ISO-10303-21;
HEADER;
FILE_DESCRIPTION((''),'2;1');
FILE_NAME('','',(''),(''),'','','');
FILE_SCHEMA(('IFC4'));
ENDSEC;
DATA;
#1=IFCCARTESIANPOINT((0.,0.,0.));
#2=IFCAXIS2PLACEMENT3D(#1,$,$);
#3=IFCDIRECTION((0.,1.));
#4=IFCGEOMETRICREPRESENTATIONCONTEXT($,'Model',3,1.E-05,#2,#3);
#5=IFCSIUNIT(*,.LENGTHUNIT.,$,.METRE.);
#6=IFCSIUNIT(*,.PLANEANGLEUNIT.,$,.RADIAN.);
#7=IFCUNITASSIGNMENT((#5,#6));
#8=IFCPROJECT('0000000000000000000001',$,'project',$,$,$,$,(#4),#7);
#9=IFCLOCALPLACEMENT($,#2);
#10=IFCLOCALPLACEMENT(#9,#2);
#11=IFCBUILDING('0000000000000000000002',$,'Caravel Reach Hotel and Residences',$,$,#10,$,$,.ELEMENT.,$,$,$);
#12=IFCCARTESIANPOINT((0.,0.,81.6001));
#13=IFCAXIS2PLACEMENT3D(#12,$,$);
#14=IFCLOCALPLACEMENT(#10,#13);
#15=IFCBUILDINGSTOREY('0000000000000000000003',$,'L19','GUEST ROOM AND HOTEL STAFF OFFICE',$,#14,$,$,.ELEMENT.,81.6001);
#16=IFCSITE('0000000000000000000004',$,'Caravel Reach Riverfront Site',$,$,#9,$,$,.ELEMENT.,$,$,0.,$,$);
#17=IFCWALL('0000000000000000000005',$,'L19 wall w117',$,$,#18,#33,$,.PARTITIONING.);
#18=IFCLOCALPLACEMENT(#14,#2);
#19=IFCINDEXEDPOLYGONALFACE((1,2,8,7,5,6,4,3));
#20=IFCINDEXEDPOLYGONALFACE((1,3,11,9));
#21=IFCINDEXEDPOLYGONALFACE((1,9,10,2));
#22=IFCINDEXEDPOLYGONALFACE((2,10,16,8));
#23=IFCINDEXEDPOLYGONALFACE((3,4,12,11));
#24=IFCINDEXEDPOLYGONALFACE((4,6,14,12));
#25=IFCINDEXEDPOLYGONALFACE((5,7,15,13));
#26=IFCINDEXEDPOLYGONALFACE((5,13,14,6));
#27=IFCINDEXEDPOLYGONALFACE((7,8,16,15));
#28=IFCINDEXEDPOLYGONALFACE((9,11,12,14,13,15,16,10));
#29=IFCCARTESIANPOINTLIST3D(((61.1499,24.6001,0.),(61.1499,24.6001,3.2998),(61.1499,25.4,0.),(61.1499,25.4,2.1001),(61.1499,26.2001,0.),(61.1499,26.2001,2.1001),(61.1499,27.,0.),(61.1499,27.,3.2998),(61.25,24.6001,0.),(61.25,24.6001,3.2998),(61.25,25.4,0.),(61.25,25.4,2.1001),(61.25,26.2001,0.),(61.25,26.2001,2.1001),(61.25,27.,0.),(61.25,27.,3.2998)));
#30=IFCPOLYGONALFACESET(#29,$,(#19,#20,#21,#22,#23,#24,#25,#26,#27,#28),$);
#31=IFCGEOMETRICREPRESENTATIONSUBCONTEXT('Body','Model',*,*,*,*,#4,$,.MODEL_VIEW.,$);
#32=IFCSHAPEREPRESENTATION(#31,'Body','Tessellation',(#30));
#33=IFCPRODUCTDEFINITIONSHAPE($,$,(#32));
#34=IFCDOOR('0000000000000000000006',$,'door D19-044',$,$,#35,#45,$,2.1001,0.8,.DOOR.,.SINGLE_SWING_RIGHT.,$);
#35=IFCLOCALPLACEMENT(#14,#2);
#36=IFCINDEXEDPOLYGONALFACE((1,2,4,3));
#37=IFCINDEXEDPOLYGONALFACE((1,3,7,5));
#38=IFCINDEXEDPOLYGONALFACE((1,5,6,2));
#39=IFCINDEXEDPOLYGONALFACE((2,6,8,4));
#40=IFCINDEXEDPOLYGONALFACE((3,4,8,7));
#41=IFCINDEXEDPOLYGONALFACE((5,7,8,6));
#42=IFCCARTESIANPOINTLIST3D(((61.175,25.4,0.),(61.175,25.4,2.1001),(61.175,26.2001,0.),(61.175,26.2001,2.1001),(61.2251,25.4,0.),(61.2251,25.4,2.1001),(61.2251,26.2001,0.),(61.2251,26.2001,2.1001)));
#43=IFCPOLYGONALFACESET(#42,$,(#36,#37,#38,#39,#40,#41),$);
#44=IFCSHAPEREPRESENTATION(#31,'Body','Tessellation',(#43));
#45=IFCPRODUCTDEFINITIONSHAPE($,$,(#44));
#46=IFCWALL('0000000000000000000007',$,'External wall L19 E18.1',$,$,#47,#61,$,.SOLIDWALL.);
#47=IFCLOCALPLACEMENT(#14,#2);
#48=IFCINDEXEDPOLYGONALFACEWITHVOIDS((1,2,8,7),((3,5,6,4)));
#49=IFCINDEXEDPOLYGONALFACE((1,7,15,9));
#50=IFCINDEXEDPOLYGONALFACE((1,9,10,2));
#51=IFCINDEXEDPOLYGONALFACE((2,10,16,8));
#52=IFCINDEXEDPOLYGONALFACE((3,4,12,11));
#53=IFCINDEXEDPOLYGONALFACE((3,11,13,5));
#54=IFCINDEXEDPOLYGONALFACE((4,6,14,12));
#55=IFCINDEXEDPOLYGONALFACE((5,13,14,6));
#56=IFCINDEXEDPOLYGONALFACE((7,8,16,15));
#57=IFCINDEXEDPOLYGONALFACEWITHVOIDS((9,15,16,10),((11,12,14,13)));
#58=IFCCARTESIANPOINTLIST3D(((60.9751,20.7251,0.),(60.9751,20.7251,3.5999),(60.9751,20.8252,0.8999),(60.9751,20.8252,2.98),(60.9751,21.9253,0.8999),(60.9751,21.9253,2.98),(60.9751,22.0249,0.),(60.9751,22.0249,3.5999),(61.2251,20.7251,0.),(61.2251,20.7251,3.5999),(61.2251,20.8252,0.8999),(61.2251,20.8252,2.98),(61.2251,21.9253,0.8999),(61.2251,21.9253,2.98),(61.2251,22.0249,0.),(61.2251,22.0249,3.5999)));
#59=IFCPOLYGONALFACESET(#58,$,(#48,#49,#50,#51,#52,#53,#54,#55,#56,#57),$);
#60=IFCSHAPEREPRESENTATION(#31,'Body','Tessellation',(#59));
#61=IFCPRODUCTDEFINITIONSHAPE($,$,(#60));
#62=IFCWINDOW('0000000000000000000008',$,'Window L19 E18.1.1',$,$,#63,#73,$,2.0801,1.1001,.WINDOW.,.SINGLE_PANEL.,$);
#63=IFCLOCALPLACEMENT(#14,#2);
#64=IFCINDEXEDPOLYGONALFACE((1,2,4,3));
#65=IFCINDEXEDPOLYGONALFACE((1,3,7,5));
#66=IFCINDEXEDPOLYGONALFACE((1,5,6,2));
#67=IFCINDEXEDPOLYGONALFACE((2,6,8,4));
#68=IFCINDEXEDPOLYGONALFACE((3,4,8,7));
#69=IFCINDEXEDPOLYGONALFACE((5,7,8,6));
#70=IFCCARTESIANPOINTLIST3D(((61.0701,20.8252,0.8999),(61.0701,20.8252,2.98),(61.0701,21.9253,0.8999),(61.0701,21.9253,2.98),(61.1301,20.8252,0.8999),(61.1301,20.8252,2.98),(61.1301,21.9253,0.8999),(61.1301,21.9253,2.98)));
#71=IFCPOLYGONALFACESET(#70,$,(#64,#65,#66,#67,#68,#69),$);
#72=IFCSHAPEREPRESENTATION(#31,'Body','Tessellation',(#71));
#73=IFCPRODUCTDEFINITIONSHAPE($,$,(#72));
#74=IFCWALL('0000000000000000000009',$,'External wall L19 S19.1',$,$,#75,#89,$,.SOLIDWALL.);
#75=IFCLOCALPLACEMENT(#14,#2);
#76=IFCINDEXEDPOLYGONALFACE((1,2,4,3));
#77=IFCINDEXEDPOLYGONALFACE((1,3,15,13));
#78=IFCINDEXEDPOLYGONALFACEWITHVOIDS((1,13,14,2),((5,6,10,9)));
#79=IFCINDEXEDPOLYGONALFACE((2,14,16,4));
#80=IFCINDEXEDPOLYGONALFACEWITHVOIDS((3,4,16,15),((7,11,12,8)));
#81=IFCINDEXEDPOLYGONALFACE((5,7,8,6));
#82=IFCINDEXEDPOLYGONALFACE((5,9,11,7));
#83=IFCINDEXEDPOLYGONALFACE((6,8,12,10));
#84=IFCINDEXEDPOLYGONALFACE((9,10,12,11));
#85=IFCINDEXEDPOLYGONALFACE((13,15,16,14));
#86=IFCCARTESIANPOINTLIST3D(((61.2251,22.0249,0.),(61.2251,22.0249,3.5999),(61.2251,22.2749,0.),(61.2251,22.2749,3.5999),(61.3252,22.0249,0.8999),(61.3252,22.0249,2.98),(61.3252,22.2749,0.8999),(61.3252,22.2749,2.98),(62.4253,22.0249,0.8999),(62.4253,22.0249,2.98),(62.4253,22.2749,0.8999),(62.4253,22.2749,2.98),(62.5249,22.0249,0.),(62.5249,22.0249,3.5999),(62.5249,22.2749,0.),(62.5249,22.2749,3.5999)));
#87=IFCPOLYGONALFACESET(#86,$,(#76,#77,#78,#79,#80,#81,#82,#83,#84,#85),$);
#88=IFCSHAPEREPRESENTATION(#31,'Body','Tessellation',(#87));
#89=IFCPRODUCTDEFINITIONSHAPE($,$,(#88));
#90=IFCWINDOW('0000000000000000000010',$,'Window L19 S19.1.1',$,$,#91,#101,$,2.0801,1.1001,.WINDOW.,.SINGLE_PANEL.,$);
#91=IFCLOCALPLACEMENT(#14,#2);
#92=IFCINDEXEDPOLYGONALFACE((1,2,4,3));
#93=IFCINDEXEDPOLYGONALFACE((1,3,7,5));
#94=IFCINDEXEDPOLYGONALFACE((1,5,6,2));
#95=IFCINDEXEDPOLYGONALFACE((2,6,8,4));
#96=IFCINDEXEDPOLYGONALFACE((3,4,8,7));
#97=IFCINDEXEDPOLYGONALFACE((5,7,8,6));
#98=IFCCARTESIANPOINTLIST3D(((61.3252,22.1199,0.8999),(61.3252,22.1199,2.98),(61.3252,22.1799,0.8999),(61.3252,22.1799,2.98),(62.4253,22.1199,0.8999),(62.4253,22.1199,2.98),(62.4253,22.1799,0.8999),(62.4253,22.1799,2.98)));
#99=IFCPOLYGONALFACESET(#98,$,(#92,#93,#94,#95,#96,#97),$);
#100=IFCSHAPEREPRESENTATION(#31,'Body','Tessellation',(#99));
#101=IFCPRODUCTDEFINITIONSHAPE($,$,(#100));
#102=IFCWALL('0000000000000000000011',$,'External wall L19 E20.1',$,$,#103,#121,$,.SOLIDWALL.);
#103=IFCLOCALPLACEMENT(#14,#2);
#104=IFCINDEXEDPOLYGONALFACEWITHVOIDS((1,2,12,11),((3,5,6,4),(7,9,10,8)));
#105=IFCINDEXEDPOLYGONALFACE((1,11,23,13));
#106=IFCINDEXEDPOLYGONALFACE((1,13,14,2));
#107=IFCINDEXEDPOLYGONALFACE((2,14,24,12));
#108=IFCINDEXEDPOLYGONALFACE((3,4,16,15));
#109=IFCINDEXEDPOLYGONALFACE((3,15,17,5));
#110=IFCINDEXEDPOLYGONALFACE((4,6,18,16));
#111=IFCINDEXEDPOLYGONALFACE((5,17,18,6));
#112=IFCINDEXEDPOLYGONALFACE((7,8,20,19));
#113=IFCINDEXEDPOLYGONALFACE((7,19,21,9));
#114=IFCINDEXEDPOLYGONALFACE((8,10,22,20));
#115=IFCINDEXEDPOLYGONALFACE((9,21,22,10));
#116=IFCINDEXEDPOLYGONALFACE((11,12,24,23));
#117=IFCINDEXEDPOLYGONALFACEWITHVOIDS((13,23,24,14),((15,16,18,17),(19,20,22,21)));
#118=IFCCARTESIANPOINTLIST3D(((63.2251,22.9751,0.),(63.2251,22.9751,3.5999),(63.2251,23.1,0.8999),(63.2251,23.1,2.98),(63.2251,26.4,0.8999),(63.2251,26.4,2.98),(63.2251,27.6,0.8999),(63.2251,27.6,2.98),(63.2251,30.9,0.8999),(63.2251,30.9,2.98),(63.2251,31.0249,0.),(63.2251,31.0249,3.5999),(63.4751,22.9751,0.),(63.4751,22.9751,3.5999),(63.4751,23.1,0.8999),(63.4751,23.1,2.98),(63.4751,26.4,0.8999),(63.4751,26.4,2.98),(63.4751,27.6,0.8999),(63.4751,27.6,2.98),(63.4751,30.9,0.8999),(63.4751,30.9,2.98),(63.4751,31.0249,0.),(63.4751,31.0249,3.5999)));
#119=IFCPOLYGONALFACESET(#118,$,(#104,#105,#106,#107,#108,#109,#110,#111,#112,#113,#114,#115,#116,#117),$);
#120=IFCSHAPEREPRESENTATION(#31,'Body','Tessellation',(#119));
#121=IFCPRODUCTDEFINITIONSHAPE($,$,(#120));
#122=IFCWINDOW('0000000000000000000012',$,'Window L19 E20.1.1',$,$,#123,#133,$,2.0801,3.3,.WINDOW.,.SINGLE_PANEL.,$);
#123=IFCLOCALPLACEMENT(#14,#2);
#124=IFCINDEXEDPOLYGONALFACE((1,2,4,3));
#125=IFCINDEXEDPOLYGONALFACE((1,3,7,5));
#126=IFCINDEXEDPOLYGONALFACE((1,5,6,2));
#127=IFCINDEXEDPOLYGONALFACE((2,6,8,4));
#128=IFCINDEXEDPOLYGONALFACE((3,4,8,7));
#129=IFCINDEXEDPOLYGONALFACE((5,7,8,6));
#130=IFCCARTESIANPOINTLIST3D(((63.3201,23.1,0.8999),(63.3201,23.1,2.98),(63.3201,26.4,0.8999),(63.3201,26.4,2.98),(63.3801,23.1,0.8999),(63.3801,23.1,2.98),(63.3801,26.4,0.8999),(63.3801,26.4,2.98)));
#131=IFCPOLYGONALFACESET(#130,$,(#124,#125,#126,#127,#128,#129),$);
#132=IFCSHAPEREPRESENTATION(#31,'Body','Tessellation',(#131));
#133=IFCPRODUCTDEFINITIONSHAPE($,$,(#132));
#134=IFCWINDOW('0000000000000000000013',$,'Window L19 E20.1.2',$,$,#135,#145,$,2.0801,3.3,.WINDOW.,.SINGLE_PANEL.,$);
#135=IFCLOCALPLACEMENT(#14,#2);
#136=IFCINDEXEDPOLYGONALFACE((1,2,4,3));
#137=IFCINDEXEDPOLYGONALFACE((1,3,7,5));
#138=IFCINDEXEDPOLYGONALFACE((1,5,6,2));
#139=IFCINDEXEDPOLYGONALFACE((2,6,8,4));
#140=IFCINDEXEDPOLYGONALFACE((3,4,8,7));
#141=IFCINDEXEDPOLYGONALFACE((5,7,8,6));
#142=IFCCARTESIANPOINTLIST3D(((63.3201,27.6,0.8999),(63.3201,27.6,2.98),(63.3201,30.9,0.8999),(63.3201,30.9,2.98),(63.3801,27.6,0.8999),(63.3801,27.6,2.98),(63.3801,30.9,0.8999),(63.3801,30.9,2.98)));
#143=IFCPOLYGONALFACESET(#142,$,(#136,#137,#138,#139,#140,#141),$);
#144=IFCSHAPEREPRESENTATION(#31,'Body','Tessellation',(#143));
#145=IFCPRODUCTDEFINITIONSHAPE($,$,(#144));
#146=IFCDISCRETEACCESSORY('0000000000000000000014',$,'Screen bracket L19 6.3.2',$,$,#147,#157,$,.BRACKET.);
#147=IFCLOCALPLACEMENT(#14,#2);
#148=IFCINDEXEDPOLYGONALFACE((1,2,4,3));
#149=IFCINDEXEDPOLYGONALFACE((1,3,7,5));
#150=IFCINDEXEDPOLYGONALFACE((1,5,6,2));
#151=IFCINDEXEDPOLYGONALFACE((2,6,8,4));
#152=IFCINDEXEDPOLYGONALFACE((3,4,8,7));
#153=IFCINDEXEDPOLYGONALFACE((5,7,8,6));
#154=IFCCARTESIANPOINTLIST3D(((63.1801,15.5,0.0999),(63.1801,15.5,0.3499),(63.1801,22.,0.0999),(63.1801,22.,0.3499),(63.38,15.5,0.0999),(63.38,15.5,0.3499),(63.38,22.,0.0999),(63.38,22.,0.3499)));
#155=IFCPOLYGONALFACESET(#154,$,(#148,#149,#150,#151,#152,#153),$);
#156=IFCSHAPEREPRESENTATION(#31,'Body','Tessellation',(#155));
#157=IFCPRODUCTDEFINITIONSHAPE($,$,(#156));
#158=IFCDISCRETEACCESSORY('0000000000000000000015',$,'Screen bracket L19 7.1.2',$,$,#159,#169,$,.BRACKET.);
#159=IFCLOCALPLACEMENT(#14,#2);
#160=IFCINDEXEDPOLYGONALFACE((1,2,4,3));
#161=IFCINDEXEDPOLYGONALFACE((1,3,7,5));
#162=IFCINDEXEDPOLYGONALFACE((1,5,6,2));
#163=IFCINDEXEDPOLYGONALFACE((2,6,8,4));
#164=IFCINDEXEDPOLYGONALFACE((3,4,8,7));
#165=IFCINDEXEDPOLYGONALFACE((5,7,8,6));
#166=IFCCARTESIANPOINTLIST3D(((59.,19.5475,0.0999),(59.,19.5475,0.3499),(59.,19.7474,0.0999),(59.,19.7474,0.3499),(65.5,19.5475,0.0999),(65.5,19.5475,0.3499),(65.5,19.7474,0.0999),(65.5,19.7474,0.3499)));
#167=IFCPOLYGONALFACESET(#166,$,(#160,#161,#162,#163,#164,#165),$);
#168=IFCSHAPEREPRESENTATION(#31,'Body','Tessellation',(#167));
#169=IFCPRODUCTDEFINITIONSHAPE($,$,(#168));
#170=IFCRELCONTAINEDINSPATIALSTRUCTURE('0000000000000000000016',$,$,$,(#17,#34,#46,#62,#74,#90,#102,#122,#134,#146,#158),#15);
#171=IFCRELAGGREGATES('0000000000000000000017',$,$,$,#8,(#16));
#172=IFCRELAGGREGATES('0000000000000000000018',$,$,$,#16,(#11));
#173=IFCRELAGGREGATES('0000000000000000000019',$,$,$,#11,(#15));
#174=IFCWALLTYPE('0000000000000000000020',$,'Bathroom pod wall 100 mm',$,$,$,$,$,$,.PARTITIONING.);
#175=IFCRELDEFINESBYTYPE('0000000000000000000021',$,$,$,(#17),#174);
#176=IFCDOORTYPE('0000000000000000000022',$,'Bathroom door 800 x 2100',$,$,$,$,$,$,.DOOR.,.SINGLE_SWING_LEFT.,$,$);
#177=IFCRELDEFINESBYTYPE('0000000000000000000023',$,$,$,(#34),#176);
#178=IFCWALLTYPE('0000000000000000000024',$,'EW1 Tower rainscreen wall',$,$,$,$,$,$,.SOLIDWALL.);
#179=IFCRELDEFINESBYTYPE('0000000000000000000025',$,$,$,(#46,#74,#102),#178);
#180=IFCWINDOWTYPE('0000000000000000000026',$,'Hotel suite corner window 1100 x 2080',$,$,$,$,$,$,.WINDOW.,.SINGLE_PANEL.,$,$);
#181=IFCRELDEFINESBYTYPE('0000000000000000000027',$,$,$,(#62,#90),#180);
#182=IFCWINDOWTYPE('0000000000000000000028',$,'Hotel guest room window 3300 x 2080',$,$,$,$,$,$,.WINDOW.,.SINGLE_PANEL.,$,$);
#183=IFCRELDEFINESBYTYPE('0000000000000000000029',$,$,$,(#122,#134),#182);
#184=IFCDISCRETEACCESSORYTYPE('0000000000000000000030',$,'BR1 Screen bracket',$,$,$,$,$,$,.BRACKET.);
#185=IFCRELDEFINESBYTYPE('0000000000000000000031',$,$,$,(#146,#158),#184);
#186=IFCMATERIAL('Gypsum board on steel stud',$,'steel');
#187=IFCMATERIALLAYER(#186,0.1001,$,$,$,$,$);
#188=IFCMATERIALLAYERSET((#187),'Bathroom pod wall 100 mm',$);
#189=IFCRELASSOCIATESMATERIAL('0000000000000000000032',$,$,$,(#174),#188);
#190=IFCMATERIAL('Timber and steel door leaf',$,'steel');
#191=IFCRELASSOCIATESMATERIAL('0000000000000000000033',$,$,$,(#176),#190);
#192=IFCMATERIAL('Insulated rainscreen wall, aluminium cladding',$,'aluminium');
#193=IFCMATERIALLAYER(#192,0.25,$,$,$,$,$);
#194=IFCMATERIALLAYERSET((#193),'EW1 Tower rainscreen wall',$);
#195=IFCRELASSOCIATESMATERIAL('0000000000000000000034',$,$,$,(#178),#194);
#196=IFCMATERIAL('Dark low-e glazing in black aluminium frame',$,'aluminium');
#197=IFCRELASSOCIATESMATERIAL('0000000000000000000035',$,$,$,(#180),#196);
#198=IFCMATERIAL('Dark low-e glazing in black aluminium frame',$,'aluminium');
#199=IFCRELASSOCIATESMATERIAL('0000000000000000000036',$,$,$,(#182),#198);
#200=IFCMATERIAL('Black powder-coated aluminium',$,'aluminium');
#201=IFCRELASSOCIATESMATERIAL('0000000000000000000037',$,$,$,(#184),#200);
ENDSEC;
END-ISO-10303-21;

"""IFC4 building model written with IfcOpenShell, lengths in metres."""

from ifc_helpers import new_model, si_unit, direction, frame, frame_2d, origin, origin_2d, place, context, subcontext, project, spatial, rectangle, extrude, material, layer, layer_set, type_object, element, fill, save


model = new_model("IFC4")

# Units and contexts
model_context = context("Model", 3, precision=1e-05, world=origin(), true_north=direction((0.0, 1.0)))
body_context = subcontext(model_context, "Body", "Model", "MODEL_VIEW")
ifc_project = project(units=[si_unit("LENGTHUNIT", "METRE"), si_unit("PLANEANGLEUNIT", "RADIAN")], contexts=[model_context])

# Site, building, storey
site_placement = place(None, origin())
site = spatial("IfcSite", under=ifc_project, at=site_placement, Name="Caravel Reach Riverfront Site", CompositionType="ELEMENT", RefElevation=0.0)
building_placement = place(site_placement, origin())
building = spatial("IfcBuilding", under=site, at=building_placement, Name="Caravel Reach Hotel and Residences", CompositionType="ELEMENT")
storey_placement = place(building_placement, frame((0.0, 0.0, 81.6001)))
storey = spatial("IfcBuildingStorey", under=building, at=storey_placement, Name="L19", Description="GUEST ROOM AND HOTEL STAFF OFFICE", CompositionType="ELEMENT", Elevation=81.6001)

# Wall, opening, door
ifc_material_1 = material(Name="Gypsum board on steel stud", Category="steel")
ifc_layer_1 = layer(ifc_material_1, 0.1001)
ifc_layer_set_1 = layer_set([ifc_layer_1], Name="Bathroom pod wall 100 mm")
wall_type_1 = type_object("IfcWallType", Name="Bathroom pod wall 100 mm", PredefinedType="PARTITIONING", material=ifc_layer_set_1)
wall_1_placement = place(storey_placement, frame((61.2, 24.6001, 0.0), z_axis=(0.0, 0.0, 1.0), x_axis=(0.0, 1.0, 0.0)))
wall_1 = element("IfcWall", 1, at=wall_1_placement, inside=storey, type_object=wall_type_1, Name="L19 wall w117", PredefinedType="PARTITIONING", context=body_context, shape_type="SweptSolid", body=[
    extrude(rectangle(XDim=2.3999, YDim=0.1001, at=frame_2d((1.2, 0.0))), origin(), (0.0, 0.0, 1.0), 3.2998),
])
opening_1_placement = place(wall_1_placement, frame((0.8, 0.0, 0.0)))
opening_1 = element("IfcOpeningElement", 2, at=opening_1_placement, cuts=wall_1, PredefinedType="OPENING", context=body_context, shape_type="SweptSolid", body=[
    extrude(rectangle(XDim=0.8, YDim=2.1001, at=frame_2d((0.3999, 1.05))), frame((0.0, 0.0601, 0.0), z_axis=(0.0, -1.0, 0.0), x_axis=(1.0, 0.0, 0.0)), (0.0, 0.0, 1.0), 0.1201),
])
ifc_material_2 = material(Name="Timber and steel door leaf", Category="steel")
door_type = type_object("IfcDoorType", Name="Bathroom door 800 x 2100", OperationType="SINGLE_SWING_LEFT", PredefinedType="DOOR", material=ifc_material_2)
door_placement = place(opening_1_placement, origin())
door = element("IfcDoor", 3, at=door_placement, inside=storey, type_object=door_type, Name="door D19-044", OperationType="SINGLE_SWING_RIGHT", OverallHeight=2.1001, OverallWidth=0.8, PredefinedType="DOOR", context=body_context, shape_type="SweptSolid", body=[
    extrude(rectangle(XDim=0.8, YDim=2.1001, at=frame_2d((0.3999, 1.05))), frame((0.0, 0.0249, 0.0), z_axis=(0.0, -1.0, 0.0), x_axis=(1.0, 0.0, 0.0)), (0.0, 0.0, 1.0), 0.05),
])
fill(opening_1, door)

# Walls, openings, windows
ifc_material_3 = material(Name="Insulated rainscreen wall, aluminium cladding", Category="aluminium")
ifc_layer_2 = layer(ifc_material_3, 0.25)
ifc_layer_set_2 = layer_set([ifc_layer_2], Name="EW1 Tower rainscreen wall")
wall_type_2 = type_object("IfcWallType", Name="EW1 Tower rainscreen wall", PredefinedType="SOLIDWALL", material=ifc_layer_set_2)
wall_2_placement = place(storey_placement, frame((61.1001, 20.7251, 0.0), z_axis=(0.0, 0.0, 1.0), x_axis=(0.0, 1.0, 0.0)))
wall_2 = element("IfcWall", 4, at=wall_2_placement, inside=storey, type_object=wall_type_2, Name="External wall L19 E18.1", PredefinedType="SOLIDWALL", context=body_context, shape_type="SweptSolid", body=[
    extrude(rectangle(XDim=1.2998, YDim=0.25, at=frame_2d((0.6499, 0.0))), origin(), (0.0, 0.0, 1.0), 3.5999),
])
opening_2_placement = place(wall_2_placement, frame((0.1001, 0.0, 0.8999)))
opening_2 = element("IfcOpeningElement", 5, at=opening_2_placement, cuts=wall_2, PredefinedType="OPENING", context=body_context, shape_type="SweptSolid", body=[
    extrude(rectangle(XDim=1.1001, YDim=2.0801, at=frame_2d((0.55, 1.04))), frame((0.0, 0.135, 0.0), z_axis=(0.0, -1.0, 0.0), x_axis=(1.0, 0.0, 0.0)), (0.0, 0.0, 1.0), 0.27),
])
ifc_material_4 = material(Name="Dark low-e glazing in black aluminium frame", Category="aluminium")
window_type_1 = type_object("IfcWindowType", Name="Hotel suite corner window 1100 x 2080", PartitioningType="SINGLE_PANEL", PredefinedType="WINDOW", material=ifc_material_4)
window_1_placement = place(opening_2_placement, origin())
window_1 = element("IfcWindow", 6, at=window_1_placement, inside=storey, type_object=window_type_1, Name="Window L19 E18.1.1", OverallHeight=2.0801, OverallWidth=1.1001, PartitioningType="SINGLE_PANEL", PredefinedType="WINDOW", context=body_context, shape_type="SweptSolid", body=[
    extrude(rectangle(XDim=1.1001, YDim=2.0801, at=frame_2d((0.55, 1.04))), frame((0.0, 0.03, 0.0), z_axis=(0.0, -1.0, 0.0), x_axis=(1.0, 0.0, 0.0)), (0.0, 0.0, 1.0), 0.0601),
])
fill(opening_2, window_1)
wall_3_placement = place(storey_placement, frame((61.2251, 22.1499, 0.0), z_axis=(0.0, 0.0, 1.0), x_axis=(1.0, 0.0, 0.0)))
wall_3 = element("IfcWall", 7, at=wall_3_placement, inside=storey, type_object=wall_type_2, Name="External wall L19 S19.1", PredefinedType="SOLIDWALL", context=body_context, shape_type="SweptSolid", body=[
    extrude(rectangle(XDim=1.2998, YDim=0.25, at=frame_2d((0.6499, 0.0))), origin(), (0.0, 0.0, 1.0), 3.5999),
])
opening_3_placement = place(wall_3_placement, frame((0.1001, 0.0, 0.8999)))
opening_3 = element("IfcOpeningElement", 8, at=opening_3_placement, cuts=wall_3, PredefinedType="OPENING", context=body_context, shape_type="SweptSolid", body=[
    extrude(rectangle(XDim=1.1001, YDim=2.0801, at=frame_2d((0.55, 1.04))), frame((0.0, 0.135, 0.0), z_axis=(0.0, -1.0, 0.0), x_axis=(1.0, 0.0, 0.0)), (0.0, 0.0, 1.0), 0.27),
])
window_2_placement = place(opening_3_placement, origin())
window_2 = element("IfcWindow", 9, at=window_2_placement, inside=storey, type_object=window_type_1, Name="Window L19 S19.1.1", OverallHeight=2.0801, OverallWidth=1.1001, PartitioningType="SINGLE_PANEL", PredefinedType="WINDOW", context=body_context, shape_type="SweptSolid", body=[
    extrude(rectangle(XDim=1.1001, YDim=2.0801, at=frame_2d((0.55, 1.04))), frame((0.0, 0.03, 0.0), z_axis=(0.0, -1.0, 0.0), x_axis=(1.0, 0.0, 0.0)), (0.0, 0.0, 1.0), 0.0601),
])
fill(opening_3, window_2)

# Wall, openings, windows
wall_4_placement = place(storey_placement, frame((63.3501, 22.9751, 0.0), z_axis=(0.0, 0.0, 1.0), x_axis=(0.0, 1.0, 0.0)))
wall_4 = element("IfcWall", 10, at=wall_4_placement, inside=storey, type_object=wall_type_2, Name="External wall L19 E20.1", PredefinedType="SOLIDWALL", context=body_context, shape_type="SweptSolid", body=[
    extrude(rectangle(XDim=8.0498, YDim=0.25, at=frame_2d((4.0249, 0.0))), origin(), (0.0, 0.0, 1.0), 3.5999),
])
opening_4_placement = place(wall_4_placement, frame((0.125, 0.0, 0.8999)))
opening_4 = element("IfcOpeningElement", 11, at=opening_4_placement, cuts=wall_4, PredefinedType="OPENING", context=body_context, shape_type="SweptSolid", body=[
    extrude(rectangle(XDim=3.3, YDim=2.0801, at=frame_2d((1.6499, 1.04))), frame((0.0, 0.135, 0.0), z_axis=(0.0, -1.0, 0.0), x_axis=(1.0, 0.0, 0.0)), (0.0, 0.0, 1.0), 0.27),
])
opening_5_placement = place(wall_4_placement, frame((4.625, 0.0, 0.8999)))
opening_5 = element("IfcOpeningElement", 12, at=opening_5_placement, cuts=wall_4, PredefinedType="OPENING", context=body_context, shape_type="SweptSolid", body=[
    extrude(rectangle(XDim=3.3, YDim=2.0801, at=frame_2d((1.6499, 1.04))), frame((0.0, 0.135, 0.0), z_axis=(0.0, -1.0, 0.0), x_axis=(1.0, 0.0, 0.0)), (0.0, 0.0, 1.0), 0.27),
])
ifc_material_5 = material(Name="Dark low-e glazing in black aluminium frame", Category="aluminium")
window_type_2 = type_object("IfcWindowType", Name="Hotel guest room window 3300 x 2080", PartitioningType="SINGLE_PANEL", PredefinedType="WINDOW", material=ifc_material_5)
window_3_placement = place(opening_4_placement, origin())
window_3 = element("IfcWindow", 13, at=window_3_placement, inside=storey, type_object=window_type_2, Name="Window L19 E20.1.1", OverallHeight=2.0801, OverallWidth=3.3, PartitioningType="SINGLE_PANEL", PredefinedType="WINDOW", context=body_context, shape_type="SweptSolid", body=[
    extrude(rectangle(XDim=3.3, YDim=2.0801, at=frame_2d((1.6499, 1.04))), frame((0.0, 0.03, 0.0), z_axis=(0.0, -1.0, 0.0), x_axis=(1.0, 0.0, 0.0)), (0.0, 0.0, 1.0), 0.0601),
])
fill(opening_4, window_3)
window_4_placement = place(opening_5_placement, origin())
window_4 = element("IfcWindow", 14, at=window_4_placement, inside=storey, type_object=window_type_2, Name="Window L19 E20.1.2", OverallHeight=2.0801, OverallWidth=3.3, PartitioningType="SINGLE_PANEL", PredefinedType="WINDOW", context=body_context, shape_type="SweptSolid", body=[
    extrude(rectangle(XDim=3.3, YDim=2.0801, at=frame_2d((1.6499, 1.04))), frame((0.0, 0.03, 0.0), z_axis=(0.0, -1.0, 0.0), x_axis=(1.0, 0.0, 0.0)), (0.0, 0.0, 1.0), 0.0601),
])
fill(opening_5, window_4)

# Discrete accessories
ifc_material_6 = material(Name="Black powder-coated aluminium", Category="aluminium")
discrete_accessory_type = type_object("IfcDiscreteAccessoryType", Name="BR1 Screen bracket", PredefinedType="BRACKET", material=ifc_material_6)
for number, where, z_axis, x_axis, name in (
    (15, (63.28, 18.75, 0.0999), (0.0, 0.0, 1.0), (0.0, -1.0, 0.0), "Screen bracket L19 6.3.2"),
    (16, (62.25, 19.6475, 0.0999), (0.0, 0.0, 1.0), (1.0, 0.0, 0.0), "Screen bracket L19 7.1.2"),
):
    element("IfcDiscreteAccessory", number, at=place(storey_placement, frame(where, z_axis=z_axis, x_axis=x_axis)), inside=storey, type_object=discrete_accessory_type, Name=name, PredefinedType="BRACKET", context=body_context, shape_type="SweptSolid", body=[
        extrude(rectangle(XDim=6.5, YDim=0.2, at=origin_2d()), origin(), (0.0, 0.0, 1.0), 0.25),
    ])

save(model, "model.ifc")
